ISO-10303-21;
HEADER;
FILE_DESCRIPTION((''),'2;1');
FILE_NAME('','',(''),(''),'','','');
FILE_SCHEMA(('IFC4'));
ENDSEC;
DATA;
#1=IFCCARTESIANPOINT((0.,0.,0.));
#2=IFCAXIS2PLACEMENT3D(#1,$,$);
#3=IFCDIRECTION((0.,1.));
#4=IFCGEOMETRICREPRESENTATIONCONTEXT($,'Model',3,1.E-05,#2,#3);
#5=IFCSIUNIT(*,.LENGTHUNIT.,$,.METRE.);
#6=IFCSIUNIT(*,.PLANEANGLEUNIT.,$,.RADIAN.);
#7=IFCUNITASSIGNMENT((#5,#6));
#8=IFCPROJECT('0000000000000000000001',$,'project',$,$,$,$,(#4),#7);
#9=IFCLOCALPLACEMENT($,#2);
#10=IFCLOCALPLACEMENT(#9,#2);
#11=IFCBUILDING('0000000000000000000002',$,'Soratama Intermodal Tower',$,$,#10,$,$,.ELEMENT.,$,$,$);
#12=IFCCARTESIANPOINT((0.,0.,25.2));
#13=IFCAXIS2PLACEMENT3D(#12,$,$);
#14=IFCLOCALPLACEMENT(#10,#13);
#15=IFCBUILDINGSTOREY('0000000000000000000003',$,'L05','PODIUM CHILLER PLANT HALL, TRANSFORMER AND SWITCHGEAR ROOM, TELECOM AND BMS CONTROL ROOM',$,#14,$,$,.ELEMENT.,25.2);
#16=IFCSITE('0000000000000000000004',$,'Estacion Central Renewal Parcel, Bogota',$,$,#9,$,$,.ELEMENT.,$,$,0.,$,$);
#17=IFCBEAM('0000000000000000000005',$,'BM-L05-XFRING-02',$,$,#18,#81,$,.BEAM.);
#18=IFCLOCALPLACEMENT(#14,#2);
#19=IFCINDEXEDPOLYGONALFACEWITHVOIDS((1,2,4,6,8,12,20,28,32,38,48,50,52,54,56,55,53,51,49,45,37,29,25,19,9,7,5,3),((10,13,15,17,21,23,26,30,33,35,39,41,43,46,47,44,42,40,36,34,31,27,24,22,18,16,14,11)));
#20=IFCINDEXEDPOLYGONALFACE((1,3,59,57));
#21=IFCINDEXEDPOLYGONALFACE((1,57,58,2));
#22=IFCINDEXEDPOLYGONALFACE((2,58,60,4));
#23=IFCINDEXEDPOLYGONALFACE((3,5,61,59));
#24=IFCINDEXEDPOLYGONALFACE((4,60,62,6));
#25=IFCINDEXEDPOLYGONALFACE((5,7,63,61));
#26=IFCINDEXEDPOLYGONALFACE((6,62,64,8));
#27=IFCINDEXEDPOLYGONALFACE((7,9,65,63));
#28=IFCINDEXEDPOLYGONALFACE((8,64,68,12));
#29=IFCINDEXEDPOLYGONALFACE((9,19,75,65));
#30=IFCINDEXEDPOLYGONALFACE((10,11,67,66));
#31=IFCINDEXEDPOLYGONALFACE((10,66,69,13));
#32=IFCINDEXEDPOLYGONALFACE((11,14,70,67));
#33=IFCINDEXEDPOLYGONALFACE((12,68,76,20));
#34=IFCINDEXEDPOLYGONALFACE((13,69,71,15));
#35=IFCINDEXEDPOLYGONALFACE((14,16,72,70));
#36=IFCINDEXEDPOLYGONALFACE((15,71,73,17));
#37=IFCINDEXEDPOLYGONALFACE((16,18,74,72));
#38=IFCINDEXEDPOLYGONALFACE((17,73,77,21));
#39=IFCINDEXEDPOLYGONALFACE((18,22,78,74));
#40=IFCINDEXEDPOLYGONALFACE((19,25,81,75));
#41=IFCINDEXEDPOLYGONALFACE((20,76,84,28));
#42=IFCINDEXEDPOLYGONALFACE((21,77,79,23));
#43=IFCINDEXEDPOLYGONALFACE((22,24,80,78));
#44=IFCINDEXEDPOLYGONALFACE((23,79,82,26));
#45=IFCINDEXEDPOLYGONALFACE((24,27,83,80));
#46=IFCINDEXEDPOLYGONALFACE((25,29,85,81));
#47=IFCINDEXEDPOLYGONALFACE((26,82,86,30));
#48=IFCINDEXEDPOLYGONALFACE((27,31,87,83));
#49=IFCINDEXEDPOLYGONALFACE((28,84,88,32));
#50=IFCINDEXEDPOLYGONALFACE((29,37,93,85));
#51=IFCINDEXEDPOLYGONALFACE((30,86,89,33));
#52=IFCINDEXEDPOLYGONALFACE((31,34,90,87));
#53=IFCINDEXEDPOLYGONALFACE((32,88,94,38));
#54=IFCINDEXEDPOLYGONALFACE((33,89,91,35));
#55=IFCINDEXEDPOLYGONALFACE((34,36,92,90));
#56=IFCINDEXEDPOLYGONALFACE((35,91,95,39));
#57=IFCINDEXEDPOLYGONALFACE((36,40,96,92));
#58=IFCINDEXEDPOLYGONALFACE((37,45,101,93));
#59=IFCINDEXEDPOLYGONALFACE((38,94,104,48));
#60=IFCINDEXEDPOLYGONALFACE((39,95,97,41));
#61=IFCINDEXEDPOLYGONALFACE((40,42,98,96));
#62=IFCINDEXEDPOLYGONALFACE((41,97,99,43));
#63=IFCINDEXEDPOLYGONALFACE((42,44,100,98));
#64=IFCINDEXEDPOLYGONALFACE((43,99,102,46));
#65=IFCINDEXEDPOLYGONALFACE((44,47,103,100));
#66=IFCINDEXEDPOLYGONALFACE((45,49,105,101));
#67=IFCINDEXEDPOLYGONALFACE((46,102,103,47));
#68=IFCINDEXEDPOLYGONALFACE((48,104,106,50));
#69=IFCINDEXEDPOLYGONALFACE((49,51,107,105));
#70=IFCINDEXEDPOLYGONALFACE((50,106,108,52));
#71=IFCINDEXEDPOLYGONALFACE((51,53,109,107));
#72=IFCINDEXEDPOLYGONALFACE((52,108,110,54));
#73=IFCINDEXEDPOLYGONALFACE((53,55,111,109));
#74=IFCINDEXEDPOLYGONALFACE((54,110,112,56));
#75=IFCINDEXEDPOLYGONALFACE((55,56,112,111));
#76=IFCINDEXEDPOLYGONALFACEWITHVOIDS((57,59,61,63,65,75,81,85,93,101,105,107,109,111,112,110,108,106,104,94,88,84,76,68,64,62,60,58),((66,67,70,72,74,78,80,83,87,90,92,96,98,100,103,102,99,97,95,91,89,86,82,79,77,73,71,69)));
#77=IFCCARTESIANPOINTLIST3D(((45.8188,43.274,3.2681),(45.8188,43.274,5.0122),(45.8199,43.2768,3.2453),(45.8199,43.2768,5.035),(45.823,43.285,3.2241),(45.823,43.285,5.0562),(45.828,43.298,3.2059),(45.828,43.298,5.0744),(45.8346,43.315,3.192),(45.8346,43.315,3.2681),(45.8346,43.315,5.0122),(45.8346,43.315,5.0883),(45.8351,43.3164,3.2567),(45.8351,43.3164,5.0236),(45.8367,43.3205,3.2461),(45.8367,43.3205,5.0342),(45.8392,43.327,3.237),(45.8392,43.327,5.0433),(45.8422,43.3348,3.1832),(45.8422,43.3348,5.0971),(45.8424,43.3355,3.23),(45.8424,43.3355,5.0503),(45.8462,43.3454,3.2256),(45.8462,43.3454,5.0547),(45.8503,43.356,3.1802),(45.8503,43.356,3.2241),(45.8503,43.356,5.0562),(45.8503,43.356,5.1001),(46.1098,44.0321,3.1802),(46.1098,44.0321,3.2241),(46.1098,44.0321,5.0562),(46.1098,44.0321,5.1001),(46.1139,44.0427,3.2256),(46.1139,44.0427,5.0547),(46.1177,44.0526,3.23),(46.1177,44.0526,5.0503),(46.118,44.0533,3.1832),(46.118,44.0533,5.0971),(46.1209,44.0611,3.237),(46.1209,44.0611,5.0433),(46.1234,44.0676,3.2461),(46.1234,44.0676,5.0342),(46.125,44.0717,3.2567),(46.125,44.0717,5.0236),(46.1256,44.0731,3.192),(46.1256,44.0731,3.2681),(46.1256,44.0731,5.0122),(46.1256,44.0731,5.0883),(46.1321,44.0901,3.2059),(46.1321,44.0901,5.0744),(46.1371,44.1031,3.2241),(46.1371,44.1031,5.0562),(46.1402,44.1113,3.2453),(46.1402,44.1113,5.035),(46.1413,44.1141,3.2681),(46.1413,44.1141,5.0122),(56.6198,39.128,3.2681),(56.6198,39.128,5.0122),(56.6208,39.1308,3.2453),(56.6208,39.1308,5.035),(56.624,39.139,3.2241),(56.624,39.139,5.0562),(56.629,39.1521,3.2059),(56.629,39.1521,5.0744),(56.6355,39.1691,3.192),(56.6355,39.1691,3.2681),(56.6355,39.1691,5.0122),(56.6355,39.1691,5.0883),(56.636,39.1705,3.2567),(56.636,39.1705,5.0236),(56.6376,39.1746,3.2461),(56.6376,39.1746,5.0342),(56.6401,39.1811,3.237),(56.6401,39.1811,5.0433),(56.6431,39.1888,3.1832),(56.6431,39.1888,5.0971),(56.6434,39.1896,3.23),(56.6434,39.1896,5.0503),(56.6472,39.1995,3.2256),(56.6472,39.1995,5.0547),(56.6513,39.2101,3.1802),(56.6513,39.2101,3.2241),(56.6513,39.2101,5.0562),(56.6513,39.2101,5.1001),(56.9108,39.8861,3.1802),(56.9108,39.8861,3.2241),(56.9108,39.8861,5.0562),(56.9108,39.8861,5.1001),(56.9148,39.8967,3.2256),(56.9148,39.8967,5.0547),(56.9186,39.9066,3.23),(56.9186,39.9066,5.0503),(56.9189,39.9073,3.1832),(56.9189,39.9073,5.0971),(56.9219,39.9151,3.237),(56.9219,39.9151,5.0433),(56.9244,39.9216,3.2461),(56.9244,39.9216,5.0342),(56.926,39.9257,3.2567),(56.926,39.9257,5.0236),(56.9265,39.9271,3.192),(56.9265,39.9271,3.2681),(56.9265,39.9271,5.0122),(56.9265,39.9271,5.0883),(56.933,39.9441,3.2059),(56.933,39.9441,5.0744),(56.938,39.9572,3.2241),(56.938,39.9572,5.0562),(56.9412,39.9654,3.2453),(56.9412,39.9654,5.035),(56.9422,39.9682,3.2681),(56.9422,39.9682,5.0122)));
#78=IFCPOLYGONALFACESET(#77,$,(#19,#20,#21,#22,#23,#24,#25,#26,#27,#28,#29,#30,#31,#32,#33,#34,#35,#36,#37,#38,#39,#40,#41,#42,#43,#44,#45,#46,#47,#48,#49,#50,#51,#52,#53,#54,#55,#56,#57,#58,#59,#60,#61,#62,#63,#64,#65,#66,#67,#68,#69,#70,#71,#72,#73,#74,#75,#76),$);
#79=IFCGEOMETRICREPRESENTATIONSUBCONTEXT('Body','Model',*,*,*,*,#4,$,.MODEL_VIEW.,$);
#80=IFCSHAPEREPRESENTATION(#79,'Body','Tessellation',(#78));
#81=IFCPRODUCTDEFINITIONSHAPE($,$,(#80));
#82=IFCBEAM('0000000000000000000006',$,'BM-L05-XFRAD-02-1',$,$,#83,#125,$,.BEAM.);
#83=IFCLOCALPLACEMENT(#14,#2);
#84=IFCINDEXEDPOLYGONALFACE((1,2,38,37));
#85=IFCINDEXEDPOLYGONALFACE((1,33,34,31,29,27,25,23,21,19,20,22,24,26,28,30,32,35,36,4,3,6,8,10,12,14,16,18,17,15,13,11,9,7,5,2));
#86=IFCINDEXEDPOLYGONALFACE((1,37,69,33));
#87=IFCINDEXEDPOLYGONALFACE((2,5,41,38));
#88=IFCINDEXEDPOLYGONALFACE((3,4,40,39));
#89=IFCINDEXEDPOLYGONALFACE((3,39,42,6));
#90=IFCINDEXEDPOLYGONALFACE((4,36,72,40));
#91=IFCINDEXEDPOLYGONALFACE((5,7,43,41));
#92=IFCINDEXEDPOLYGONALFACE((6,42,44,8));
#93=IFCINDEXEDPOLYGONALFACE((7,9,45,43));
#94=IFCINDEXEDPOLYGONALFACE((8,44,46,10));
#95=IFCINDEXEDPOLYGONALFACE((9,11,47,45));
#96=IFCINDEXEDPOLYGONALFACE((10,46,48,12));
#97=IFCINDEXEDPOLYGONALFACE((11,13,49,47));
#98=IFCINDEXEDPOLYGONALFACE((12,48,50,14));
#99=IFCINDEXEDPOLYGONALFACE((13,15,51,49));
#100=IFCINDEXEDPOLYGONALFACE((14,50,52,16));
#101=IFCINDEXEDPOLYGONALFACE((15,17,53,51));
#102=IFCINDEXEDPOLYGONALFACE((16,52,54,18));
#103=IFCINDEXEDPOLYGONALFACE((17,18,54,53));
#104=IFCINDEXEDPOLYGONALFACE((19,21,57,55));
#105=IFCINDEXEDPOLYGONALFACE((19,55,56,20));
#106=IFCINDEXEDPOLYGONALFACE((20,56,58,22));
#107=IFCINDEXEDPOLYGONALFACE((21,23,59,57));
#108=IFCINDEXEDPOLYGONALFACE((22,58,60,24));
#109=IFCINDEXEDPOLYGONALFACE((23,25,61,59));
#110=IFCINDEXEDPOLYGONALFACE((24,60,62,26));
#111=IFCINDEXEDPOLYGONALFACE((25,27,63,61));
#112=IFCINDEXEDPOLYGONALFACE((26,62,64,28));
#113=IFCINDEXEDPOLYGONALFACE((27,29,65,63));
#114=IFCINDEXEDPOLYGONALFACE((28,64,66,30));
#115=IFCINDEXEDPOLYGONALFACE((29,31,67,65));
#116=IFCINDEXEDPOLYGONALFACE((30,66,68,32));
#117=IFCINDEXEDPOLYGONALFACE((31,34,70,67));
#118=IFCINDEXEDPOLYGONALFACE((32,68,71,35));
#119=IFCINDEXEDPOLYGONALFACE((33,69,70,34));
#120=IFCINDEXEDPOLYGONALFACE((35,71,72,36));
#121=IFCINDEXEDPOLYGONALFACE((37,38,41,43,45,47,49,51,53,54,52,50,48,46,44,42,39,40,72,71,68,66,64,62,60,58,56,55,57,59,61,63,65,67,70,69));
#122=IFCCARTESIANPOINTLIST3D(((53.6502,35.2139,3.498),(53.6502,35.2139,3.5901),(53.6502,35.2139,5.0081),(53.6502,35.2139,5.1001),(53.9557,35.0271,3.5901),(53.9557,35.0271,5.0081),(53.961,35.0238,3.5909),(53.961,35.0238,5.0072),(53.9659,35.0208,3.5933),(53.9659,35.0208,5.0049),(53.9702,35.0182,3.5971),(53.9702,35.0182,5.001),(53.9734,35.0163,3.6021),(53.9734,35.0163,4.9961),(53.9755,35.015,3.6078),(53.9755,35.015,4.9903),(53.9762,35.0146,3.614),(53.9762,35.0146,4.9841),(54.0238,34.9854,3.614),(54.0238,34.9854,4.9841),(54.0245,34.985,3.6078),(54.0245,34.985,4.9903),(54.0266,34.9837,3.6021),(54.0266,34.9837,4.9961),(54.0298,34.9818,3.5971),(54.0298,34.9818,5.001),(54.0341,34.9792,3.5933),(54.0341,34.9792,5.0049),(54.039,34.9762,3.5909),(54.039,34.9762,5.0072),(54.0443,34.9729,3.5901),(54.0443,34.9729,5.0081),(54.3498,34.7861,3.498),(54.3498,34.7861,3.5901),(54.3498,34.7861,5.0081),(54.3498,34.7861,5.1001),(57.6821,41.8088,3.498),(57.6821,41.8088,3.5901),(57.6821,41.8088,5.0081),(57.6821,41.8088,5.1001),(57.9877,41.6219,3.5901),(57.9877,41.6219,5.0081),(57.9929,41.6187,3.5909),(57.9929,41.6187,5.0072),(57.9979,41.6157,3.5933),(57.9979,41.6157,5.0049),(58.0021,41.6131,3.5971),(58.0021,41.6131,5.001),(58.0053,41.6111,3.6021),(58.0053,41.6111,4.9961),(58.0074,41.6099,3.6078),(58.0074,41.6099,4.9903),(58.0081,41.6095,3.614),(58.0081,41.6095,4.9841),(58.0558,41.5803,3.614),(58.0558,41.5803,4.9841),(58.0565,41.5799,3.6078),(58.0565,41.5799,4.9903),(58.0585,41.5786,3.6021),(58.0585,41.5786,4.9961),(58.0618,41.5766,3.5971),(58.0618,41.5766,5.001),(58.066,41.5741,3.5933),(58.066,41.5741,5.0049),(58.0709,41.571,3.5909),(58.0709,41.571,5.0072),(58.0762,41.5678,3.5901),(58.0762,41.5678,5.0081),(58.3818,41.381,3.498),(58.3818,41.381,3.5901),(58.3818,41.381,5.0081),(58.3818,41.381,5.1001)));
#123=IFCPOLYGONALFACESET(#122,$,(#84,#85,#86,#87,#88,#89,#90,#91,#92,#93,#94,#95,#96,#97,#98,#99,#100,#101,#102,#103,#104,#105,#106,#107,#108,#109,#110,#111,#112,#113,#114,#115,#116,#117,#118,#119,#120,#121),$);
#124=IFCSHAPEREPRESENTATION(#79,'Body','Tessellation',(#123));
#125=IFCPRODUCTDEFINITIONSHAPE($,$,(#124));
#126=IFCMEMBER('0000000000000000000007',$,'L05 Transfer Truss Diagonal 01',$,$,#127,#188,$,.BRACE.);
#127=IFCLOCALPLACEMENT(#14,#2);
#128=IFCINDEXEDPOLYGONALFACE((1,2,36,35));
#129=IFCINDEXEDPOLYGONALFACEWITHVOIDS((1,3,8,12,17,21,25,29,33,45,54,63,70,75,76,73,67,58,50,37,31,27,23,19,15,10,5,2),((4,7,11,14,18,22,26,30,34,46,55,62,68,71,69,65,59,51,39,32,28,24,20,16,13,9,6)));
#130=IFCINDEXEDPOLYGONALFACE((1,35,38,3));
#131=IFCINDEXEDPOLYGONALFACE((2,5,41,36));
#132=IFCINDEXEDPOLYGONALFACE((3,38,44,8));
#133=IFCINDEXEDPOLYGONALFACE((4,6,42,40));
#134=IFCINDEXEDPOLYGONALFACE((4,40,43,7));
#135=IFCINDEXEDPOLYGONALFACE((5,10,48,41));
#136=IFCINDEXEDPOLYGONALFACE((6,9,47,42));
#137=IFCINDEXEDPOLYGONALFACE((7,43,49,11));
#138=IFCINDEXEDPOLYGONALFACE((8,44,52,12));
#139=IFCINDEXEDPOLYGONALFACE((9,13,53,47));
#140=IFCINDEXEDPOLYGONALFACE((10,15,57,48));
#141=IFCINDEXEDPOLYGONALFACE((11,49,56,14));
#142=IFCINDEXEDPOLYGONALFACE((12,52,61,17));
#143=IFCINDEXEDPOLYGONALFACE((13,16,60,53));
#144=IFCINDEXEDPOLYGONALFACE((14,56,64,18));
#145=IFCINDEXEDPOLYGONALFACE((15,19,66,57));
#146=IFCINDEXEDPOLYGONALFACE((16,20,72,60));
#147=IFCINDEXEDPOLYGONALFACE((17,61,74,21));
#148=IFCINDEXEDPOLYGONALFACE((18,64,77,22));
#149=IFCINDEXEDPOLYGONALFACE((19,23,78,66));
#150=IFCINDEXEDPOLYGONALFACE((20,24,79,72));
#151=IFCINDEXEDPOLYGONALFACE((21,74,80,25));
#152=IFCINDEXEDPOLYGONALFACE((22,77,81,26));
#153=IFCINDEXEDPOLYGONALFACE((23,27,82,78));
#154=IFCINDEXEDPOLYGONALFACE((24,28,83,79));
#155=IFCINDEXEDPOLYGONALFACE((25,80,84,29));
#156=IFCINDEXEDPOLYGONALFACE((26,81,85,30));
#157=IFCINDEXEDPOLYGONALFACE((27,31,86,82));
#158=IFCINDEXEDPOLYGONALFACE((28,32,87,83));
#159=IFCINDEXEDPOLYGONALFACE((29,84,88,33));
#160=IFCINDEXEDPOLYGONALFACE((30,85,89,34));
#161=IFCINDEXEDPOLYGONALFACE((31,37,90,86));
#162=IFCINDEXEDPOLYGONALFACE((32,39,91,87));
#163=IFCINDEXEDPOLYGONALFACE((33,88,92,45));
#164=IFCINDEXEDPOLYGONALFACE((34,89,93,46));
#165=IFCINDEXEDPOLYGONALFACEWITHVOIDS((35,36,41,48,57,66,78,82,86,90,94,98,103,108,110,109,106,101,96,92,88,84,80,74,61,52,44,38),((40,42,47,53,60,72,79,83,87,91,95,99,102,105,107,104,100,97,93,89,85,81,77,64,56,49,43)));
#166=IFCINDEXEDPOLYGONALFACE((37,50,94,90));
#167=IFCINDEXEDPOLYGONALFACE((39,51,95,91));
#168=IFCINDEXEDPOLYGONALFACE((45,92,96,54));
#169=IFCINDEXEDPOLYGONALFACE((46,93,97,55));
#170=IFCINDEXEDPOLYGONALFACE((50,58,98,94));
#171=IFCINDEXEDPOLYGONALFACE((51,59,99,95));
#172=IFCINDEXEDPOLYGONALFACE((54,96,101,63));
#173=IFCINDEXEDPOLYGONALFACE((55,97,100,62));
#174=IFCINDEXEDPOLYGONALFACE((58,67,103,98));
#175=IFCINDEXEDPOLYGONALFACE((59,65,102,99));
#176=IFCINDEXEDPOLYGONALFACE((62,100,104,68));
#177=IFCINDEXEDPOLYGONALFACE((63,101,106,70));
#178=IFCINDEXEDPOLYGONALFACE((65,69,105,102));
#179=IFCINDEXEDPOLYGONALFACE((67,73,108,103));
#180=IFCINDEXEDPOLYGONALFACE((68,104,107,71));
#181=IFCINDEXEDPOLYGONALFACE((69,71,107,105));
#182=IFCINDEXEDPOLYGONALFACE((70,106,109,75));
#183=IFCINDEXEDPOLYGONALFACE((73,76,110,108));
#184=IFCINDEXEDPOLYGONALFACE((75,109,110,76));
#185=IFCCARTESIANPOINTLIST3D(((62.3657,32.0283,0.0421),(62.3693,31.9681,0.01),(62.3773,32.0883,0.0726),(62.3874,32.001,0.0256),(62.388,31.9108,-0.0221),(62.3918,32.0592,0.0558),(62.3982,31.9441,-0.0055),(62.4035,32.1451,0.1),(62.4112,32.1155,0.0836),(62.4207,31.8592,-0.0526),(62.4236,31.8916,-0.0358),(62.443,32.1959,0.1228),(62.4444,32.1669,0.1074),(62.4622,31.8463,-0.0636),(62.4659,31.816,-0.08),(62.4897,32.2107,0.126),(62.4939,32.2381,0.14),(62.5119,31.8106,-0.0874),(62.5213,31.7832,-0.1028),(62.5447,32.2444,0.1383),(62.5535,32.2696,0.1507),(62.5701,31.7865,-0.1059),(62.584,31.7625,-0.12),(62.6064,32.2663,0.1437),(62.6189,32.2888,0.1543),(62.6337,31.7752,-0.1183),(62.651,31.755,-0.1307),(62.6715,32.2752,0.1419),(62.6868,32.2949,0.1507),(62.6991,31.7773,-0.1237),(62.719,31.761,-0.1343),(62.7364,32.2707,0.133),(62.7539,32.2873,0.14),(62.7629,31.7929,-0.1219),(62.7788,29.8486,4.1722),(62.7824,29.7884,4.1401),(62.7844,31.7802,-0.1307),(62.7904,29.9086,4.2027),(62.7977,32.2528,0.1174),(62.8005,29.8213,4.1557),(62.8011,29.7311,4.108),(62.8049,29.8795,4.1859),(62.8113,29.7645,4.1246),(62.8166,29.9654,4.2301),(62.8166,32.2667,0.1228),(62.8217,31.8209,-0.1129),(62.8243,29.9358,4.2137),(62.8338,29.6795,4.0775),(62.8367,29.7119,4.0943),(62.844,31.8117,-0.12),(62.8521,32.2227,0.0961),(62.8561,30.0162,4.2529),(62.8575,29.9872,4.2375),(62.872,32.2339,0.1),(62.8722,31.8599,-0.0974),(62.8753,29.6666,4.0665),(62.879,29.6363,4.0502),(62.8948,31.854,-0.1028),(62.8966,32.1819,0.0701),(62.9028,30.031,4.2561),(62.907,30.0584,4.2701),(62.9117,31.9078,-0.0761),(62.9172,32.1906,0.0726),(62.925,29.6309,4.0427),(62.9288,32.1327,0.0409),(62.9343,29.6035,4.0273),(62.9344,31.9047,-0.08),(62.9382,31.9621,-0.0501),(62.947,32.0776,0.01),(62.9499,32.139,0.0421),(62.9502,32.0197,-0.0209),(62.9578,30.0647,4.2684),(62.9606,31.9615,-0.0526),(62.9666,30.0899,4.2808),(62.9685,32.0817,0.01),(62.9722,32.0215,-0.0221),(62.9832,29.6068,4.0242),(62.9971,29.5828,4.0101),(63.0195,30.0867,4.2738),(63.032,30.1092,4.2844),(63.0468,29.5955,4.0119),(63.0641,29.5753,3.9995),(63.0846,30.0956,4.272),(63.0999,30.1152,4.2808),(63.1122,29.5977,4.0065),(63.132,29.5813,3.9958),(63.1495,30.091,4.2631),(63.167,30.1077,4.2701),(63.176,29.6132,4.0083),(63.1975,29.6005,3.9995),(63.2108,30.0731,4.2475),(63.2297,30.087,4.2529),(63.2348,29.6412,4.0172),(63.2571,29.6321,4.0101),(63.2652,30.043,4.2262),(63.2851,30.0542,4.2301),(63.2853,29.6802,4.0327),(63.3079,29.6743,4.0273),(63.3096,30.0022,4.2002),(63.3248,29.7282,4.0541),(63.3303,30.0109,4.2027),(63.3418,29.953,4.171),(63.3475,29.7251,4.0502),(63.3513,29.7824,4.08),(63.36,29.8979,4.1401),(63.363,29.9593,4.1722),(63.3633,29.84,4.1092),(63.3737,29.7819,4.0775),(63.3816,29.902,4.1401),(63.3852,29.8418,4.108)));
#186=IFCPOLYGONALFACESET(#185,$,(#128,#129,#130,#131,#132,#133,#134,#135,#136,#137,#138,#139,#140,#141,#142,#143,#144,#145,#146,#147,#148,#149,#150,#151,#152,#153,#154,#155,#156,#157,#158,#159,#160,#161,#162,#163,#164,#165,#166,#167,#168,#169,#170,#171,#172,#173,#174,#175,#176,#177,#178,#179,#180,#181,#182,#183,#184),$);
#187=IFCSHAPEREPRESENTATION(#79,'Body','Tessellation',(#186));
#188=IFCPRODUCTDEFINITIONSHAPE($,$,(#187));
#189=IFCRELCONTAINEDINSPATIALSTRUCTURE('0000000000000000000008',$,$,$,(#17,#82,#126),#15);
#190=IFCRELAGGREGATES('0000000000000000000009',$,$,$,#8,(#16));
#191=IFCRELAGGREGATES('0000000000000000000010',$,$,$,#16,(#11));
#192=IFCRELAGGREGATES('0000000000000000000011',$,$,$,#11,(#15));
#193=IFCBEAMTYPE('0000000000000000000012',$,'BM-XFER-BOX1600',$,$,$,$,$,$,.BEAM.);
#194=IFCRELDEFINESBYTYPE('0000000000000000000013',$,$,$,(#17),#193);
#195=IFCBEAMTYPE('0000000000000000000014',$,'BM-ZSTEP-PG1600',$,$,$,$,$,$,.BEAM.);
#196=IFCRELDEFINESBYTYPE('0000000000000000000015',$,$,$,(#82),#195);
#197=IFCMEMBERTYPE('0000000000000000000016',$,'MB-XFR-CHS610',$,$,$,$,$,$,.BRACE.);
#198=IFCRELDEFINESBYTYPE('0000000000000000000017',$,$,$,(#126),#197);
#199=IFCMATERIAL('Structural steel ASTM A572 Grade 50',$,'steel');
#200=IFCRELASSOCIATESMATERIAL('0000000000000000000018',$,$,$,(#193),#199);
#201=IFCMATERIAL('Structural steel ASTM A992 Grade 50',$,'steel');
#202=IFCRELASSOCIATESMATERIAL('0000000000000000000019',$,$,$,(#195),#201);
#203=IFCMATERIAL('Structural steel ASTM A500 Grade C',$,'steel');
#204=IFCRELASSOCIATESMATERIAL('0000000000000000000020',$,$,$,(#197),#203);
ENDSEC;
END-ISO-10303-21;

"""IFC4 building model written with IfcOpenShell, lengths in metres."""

from ifc_helpers import new_model, si_unit, direction, frame, origin, origin_2d, place, context, subcontext, project, spatial, hollow_rectangle, hollow_circle, i_section, extrude, material, material_profile, profile_set, type_object, element, save


model = new_model("IFC4")

# Units and contexts
model_context = context("Model", 3, precision=1e-05, world=origin(), true_north=direction((0.0, 1.0)))
body_context = subcontext(model_context, "Body", "Model", "MODEL_VIEW")
ifc_project = project(units=[si_unit("LENGTHUNIT", "METRE"), si_unit("PLANEANGLEUNIT", "RADIAN")], contexts=[model_context])

# Site, building, storey
site_placement = place(None, origin())
site = spatial("IfcSite", under=ifc_project, at=site_placement, Name="Estacion Central Renewal Parcel, Bogota", CompositionType="ELEMENT", RefElevation=0.0)
building_placement = place(site_placement, origin())
building = spatial("IfcBuilding", under=site, at=building_placement, Name="Soratama Intermodal Tower", CompositionType="ELEMENT")
storey_placement = place(building_placement, frame((0.0, 0.0, 25.2)))
storey = spatial("IfcBuildingStorey", under=building, at=storey_placement, Name="L05", Description="PODIUM CHILLER PLANT HALL, TRANSFORMER AND SWITCHGEAR ROOM, TELECOM AND BMS CONTROL ROOM", CompositionType="ELEMENT", Elevation=25.2)

# Beams
ifc_material_1 = material(Name="Structural steel ASTM A572 Grade 50", Category="steel")
ifc_material_profile_1 = material_profile(ifc_material_1, hollow_rectangle(XDim=0.8999, YDim=1.9199, WallThickness=0.0439, InnerFilletRadius=0.0439, OuterFilletRadius=0.0879, at=origin_2d()), Name="BOX1600X900X40")
ifc_profile_set_1 = profile_set([ifc_material_profile_1], Name="Structural steel ASTM A572 Grade 50")
beam_type_1 = type_object("IfcBeamType", Name="BM-XFER-BOX1600", PredefinedType="BEAM", material=ifc_profile_set_1)
beam_1_placement = place(storey_placement, frame((56.781, 39.5481, 4.1401), z_axis=(-0.933584, 0.358358, 0.0), x_axis=(-0.358358, -0.933584, 0.0)))
element("IfcBeam", 1, at=beam_1_placement, inside=storey, type_object=beam_type_1, Name="BM-L05-XFRING-02", PredefinedType="BEAM", context=body_context, shape_type="SweptSolid", body=[
    extrude(hollow_rectangle(XDim=0.8999, YDim=1.9199, WallThickness=0.0439, InnerFilletRadius=0.0439, OuterFilletRadius=0.0879, at=origin_2d()), origin(), (0.0, 0.0, 1.0), 11.5693),
])
ifc_material_2 = material(Name="Structural steel ASTM A992 Grade 50", Category="steel")
ifc_material_profile_2 = material_profile(ifc_material_2, i_section(OverallWidth=0.8201, OverallDepth=1.6021, WebThickness=0.0559, FlangeThickness=0.092, FilletRadius=0.0239, at=origin_2d()), Name="PG1600X650")
ifc_profile_set_2 = profile_set([ifc_material_profile_2], Name="Structural steel ASTM A992 Grade 50")
beam_type_2 = type_object("IfcBeamType", Name="BM-ZSTEP-PG1600", PredefinedType="BEAM", material=ifc_profile_set_2)
beam_2_placement = place(storey_placement, frame((54.0, 35.0, 4.2991), z_axis=(0.521612, 0.853183, 0.0), x_axis=(-0.853183, 0.521612, 0.0)))
element("IfcBeam", 2, at=beam_2_placement, inside=storey, type_object=beam_type_2, Name="BM-L05-XFRAD-02-1", PredefinedType="BEAM", context=body_context, shape_type="SweptSolid", body=[
    extrude(i_section(OverallWidth=0.8201, OverallDepth=1.6021, WebThickness=0.0559, FlangeThickness=0.092, FilletRadius=0.0239, at=origin_2d()), origin(), (0.0, 0.0, 1.0), 7.7297),
])

# Member
ifc_material_3 = material(Name="Structural steel ASTM A500 Grade C", Category="steel")
ifc_material_profile_3 = material_profile(ifc_material_3, hollow_circle(Radius=0.3049, WallThickness=0.022, at=origin_2d()), Name="CHS610X22")
ifc_profile_set_3 = profile_set([ifc_material_profile_3], Name="Structural steel ASTM A500 Grade C")
member_type = type_object("IfcMemberType", Name="MB-XFR-CHS610", PredefinedType="BRACE", material=ifc_profile_set_3)
member_1_placement = place(storey_placement, frame((62.6689, 32.0249, 0.01), z_axis=(0.088111, -0.464926, 0.880954), x_axis=(0.982512, 0.186202, 0.0)))
element("IfcMember", 3, at=member_1_placement, inside=storey, type_object=member_type, Name="L05 Transfer Truss Diagonal 01", PredefinedType="BRACE", context=body_context, shape_type="SweptSolid", body=[
    extrude(hollow_circle(Radius=0.3049, WallThickness=0.022, at=origin_2d()), origin(), (0.0, 0.0, 1.0), 4.6882),
])

save(model, "model.ifc")
